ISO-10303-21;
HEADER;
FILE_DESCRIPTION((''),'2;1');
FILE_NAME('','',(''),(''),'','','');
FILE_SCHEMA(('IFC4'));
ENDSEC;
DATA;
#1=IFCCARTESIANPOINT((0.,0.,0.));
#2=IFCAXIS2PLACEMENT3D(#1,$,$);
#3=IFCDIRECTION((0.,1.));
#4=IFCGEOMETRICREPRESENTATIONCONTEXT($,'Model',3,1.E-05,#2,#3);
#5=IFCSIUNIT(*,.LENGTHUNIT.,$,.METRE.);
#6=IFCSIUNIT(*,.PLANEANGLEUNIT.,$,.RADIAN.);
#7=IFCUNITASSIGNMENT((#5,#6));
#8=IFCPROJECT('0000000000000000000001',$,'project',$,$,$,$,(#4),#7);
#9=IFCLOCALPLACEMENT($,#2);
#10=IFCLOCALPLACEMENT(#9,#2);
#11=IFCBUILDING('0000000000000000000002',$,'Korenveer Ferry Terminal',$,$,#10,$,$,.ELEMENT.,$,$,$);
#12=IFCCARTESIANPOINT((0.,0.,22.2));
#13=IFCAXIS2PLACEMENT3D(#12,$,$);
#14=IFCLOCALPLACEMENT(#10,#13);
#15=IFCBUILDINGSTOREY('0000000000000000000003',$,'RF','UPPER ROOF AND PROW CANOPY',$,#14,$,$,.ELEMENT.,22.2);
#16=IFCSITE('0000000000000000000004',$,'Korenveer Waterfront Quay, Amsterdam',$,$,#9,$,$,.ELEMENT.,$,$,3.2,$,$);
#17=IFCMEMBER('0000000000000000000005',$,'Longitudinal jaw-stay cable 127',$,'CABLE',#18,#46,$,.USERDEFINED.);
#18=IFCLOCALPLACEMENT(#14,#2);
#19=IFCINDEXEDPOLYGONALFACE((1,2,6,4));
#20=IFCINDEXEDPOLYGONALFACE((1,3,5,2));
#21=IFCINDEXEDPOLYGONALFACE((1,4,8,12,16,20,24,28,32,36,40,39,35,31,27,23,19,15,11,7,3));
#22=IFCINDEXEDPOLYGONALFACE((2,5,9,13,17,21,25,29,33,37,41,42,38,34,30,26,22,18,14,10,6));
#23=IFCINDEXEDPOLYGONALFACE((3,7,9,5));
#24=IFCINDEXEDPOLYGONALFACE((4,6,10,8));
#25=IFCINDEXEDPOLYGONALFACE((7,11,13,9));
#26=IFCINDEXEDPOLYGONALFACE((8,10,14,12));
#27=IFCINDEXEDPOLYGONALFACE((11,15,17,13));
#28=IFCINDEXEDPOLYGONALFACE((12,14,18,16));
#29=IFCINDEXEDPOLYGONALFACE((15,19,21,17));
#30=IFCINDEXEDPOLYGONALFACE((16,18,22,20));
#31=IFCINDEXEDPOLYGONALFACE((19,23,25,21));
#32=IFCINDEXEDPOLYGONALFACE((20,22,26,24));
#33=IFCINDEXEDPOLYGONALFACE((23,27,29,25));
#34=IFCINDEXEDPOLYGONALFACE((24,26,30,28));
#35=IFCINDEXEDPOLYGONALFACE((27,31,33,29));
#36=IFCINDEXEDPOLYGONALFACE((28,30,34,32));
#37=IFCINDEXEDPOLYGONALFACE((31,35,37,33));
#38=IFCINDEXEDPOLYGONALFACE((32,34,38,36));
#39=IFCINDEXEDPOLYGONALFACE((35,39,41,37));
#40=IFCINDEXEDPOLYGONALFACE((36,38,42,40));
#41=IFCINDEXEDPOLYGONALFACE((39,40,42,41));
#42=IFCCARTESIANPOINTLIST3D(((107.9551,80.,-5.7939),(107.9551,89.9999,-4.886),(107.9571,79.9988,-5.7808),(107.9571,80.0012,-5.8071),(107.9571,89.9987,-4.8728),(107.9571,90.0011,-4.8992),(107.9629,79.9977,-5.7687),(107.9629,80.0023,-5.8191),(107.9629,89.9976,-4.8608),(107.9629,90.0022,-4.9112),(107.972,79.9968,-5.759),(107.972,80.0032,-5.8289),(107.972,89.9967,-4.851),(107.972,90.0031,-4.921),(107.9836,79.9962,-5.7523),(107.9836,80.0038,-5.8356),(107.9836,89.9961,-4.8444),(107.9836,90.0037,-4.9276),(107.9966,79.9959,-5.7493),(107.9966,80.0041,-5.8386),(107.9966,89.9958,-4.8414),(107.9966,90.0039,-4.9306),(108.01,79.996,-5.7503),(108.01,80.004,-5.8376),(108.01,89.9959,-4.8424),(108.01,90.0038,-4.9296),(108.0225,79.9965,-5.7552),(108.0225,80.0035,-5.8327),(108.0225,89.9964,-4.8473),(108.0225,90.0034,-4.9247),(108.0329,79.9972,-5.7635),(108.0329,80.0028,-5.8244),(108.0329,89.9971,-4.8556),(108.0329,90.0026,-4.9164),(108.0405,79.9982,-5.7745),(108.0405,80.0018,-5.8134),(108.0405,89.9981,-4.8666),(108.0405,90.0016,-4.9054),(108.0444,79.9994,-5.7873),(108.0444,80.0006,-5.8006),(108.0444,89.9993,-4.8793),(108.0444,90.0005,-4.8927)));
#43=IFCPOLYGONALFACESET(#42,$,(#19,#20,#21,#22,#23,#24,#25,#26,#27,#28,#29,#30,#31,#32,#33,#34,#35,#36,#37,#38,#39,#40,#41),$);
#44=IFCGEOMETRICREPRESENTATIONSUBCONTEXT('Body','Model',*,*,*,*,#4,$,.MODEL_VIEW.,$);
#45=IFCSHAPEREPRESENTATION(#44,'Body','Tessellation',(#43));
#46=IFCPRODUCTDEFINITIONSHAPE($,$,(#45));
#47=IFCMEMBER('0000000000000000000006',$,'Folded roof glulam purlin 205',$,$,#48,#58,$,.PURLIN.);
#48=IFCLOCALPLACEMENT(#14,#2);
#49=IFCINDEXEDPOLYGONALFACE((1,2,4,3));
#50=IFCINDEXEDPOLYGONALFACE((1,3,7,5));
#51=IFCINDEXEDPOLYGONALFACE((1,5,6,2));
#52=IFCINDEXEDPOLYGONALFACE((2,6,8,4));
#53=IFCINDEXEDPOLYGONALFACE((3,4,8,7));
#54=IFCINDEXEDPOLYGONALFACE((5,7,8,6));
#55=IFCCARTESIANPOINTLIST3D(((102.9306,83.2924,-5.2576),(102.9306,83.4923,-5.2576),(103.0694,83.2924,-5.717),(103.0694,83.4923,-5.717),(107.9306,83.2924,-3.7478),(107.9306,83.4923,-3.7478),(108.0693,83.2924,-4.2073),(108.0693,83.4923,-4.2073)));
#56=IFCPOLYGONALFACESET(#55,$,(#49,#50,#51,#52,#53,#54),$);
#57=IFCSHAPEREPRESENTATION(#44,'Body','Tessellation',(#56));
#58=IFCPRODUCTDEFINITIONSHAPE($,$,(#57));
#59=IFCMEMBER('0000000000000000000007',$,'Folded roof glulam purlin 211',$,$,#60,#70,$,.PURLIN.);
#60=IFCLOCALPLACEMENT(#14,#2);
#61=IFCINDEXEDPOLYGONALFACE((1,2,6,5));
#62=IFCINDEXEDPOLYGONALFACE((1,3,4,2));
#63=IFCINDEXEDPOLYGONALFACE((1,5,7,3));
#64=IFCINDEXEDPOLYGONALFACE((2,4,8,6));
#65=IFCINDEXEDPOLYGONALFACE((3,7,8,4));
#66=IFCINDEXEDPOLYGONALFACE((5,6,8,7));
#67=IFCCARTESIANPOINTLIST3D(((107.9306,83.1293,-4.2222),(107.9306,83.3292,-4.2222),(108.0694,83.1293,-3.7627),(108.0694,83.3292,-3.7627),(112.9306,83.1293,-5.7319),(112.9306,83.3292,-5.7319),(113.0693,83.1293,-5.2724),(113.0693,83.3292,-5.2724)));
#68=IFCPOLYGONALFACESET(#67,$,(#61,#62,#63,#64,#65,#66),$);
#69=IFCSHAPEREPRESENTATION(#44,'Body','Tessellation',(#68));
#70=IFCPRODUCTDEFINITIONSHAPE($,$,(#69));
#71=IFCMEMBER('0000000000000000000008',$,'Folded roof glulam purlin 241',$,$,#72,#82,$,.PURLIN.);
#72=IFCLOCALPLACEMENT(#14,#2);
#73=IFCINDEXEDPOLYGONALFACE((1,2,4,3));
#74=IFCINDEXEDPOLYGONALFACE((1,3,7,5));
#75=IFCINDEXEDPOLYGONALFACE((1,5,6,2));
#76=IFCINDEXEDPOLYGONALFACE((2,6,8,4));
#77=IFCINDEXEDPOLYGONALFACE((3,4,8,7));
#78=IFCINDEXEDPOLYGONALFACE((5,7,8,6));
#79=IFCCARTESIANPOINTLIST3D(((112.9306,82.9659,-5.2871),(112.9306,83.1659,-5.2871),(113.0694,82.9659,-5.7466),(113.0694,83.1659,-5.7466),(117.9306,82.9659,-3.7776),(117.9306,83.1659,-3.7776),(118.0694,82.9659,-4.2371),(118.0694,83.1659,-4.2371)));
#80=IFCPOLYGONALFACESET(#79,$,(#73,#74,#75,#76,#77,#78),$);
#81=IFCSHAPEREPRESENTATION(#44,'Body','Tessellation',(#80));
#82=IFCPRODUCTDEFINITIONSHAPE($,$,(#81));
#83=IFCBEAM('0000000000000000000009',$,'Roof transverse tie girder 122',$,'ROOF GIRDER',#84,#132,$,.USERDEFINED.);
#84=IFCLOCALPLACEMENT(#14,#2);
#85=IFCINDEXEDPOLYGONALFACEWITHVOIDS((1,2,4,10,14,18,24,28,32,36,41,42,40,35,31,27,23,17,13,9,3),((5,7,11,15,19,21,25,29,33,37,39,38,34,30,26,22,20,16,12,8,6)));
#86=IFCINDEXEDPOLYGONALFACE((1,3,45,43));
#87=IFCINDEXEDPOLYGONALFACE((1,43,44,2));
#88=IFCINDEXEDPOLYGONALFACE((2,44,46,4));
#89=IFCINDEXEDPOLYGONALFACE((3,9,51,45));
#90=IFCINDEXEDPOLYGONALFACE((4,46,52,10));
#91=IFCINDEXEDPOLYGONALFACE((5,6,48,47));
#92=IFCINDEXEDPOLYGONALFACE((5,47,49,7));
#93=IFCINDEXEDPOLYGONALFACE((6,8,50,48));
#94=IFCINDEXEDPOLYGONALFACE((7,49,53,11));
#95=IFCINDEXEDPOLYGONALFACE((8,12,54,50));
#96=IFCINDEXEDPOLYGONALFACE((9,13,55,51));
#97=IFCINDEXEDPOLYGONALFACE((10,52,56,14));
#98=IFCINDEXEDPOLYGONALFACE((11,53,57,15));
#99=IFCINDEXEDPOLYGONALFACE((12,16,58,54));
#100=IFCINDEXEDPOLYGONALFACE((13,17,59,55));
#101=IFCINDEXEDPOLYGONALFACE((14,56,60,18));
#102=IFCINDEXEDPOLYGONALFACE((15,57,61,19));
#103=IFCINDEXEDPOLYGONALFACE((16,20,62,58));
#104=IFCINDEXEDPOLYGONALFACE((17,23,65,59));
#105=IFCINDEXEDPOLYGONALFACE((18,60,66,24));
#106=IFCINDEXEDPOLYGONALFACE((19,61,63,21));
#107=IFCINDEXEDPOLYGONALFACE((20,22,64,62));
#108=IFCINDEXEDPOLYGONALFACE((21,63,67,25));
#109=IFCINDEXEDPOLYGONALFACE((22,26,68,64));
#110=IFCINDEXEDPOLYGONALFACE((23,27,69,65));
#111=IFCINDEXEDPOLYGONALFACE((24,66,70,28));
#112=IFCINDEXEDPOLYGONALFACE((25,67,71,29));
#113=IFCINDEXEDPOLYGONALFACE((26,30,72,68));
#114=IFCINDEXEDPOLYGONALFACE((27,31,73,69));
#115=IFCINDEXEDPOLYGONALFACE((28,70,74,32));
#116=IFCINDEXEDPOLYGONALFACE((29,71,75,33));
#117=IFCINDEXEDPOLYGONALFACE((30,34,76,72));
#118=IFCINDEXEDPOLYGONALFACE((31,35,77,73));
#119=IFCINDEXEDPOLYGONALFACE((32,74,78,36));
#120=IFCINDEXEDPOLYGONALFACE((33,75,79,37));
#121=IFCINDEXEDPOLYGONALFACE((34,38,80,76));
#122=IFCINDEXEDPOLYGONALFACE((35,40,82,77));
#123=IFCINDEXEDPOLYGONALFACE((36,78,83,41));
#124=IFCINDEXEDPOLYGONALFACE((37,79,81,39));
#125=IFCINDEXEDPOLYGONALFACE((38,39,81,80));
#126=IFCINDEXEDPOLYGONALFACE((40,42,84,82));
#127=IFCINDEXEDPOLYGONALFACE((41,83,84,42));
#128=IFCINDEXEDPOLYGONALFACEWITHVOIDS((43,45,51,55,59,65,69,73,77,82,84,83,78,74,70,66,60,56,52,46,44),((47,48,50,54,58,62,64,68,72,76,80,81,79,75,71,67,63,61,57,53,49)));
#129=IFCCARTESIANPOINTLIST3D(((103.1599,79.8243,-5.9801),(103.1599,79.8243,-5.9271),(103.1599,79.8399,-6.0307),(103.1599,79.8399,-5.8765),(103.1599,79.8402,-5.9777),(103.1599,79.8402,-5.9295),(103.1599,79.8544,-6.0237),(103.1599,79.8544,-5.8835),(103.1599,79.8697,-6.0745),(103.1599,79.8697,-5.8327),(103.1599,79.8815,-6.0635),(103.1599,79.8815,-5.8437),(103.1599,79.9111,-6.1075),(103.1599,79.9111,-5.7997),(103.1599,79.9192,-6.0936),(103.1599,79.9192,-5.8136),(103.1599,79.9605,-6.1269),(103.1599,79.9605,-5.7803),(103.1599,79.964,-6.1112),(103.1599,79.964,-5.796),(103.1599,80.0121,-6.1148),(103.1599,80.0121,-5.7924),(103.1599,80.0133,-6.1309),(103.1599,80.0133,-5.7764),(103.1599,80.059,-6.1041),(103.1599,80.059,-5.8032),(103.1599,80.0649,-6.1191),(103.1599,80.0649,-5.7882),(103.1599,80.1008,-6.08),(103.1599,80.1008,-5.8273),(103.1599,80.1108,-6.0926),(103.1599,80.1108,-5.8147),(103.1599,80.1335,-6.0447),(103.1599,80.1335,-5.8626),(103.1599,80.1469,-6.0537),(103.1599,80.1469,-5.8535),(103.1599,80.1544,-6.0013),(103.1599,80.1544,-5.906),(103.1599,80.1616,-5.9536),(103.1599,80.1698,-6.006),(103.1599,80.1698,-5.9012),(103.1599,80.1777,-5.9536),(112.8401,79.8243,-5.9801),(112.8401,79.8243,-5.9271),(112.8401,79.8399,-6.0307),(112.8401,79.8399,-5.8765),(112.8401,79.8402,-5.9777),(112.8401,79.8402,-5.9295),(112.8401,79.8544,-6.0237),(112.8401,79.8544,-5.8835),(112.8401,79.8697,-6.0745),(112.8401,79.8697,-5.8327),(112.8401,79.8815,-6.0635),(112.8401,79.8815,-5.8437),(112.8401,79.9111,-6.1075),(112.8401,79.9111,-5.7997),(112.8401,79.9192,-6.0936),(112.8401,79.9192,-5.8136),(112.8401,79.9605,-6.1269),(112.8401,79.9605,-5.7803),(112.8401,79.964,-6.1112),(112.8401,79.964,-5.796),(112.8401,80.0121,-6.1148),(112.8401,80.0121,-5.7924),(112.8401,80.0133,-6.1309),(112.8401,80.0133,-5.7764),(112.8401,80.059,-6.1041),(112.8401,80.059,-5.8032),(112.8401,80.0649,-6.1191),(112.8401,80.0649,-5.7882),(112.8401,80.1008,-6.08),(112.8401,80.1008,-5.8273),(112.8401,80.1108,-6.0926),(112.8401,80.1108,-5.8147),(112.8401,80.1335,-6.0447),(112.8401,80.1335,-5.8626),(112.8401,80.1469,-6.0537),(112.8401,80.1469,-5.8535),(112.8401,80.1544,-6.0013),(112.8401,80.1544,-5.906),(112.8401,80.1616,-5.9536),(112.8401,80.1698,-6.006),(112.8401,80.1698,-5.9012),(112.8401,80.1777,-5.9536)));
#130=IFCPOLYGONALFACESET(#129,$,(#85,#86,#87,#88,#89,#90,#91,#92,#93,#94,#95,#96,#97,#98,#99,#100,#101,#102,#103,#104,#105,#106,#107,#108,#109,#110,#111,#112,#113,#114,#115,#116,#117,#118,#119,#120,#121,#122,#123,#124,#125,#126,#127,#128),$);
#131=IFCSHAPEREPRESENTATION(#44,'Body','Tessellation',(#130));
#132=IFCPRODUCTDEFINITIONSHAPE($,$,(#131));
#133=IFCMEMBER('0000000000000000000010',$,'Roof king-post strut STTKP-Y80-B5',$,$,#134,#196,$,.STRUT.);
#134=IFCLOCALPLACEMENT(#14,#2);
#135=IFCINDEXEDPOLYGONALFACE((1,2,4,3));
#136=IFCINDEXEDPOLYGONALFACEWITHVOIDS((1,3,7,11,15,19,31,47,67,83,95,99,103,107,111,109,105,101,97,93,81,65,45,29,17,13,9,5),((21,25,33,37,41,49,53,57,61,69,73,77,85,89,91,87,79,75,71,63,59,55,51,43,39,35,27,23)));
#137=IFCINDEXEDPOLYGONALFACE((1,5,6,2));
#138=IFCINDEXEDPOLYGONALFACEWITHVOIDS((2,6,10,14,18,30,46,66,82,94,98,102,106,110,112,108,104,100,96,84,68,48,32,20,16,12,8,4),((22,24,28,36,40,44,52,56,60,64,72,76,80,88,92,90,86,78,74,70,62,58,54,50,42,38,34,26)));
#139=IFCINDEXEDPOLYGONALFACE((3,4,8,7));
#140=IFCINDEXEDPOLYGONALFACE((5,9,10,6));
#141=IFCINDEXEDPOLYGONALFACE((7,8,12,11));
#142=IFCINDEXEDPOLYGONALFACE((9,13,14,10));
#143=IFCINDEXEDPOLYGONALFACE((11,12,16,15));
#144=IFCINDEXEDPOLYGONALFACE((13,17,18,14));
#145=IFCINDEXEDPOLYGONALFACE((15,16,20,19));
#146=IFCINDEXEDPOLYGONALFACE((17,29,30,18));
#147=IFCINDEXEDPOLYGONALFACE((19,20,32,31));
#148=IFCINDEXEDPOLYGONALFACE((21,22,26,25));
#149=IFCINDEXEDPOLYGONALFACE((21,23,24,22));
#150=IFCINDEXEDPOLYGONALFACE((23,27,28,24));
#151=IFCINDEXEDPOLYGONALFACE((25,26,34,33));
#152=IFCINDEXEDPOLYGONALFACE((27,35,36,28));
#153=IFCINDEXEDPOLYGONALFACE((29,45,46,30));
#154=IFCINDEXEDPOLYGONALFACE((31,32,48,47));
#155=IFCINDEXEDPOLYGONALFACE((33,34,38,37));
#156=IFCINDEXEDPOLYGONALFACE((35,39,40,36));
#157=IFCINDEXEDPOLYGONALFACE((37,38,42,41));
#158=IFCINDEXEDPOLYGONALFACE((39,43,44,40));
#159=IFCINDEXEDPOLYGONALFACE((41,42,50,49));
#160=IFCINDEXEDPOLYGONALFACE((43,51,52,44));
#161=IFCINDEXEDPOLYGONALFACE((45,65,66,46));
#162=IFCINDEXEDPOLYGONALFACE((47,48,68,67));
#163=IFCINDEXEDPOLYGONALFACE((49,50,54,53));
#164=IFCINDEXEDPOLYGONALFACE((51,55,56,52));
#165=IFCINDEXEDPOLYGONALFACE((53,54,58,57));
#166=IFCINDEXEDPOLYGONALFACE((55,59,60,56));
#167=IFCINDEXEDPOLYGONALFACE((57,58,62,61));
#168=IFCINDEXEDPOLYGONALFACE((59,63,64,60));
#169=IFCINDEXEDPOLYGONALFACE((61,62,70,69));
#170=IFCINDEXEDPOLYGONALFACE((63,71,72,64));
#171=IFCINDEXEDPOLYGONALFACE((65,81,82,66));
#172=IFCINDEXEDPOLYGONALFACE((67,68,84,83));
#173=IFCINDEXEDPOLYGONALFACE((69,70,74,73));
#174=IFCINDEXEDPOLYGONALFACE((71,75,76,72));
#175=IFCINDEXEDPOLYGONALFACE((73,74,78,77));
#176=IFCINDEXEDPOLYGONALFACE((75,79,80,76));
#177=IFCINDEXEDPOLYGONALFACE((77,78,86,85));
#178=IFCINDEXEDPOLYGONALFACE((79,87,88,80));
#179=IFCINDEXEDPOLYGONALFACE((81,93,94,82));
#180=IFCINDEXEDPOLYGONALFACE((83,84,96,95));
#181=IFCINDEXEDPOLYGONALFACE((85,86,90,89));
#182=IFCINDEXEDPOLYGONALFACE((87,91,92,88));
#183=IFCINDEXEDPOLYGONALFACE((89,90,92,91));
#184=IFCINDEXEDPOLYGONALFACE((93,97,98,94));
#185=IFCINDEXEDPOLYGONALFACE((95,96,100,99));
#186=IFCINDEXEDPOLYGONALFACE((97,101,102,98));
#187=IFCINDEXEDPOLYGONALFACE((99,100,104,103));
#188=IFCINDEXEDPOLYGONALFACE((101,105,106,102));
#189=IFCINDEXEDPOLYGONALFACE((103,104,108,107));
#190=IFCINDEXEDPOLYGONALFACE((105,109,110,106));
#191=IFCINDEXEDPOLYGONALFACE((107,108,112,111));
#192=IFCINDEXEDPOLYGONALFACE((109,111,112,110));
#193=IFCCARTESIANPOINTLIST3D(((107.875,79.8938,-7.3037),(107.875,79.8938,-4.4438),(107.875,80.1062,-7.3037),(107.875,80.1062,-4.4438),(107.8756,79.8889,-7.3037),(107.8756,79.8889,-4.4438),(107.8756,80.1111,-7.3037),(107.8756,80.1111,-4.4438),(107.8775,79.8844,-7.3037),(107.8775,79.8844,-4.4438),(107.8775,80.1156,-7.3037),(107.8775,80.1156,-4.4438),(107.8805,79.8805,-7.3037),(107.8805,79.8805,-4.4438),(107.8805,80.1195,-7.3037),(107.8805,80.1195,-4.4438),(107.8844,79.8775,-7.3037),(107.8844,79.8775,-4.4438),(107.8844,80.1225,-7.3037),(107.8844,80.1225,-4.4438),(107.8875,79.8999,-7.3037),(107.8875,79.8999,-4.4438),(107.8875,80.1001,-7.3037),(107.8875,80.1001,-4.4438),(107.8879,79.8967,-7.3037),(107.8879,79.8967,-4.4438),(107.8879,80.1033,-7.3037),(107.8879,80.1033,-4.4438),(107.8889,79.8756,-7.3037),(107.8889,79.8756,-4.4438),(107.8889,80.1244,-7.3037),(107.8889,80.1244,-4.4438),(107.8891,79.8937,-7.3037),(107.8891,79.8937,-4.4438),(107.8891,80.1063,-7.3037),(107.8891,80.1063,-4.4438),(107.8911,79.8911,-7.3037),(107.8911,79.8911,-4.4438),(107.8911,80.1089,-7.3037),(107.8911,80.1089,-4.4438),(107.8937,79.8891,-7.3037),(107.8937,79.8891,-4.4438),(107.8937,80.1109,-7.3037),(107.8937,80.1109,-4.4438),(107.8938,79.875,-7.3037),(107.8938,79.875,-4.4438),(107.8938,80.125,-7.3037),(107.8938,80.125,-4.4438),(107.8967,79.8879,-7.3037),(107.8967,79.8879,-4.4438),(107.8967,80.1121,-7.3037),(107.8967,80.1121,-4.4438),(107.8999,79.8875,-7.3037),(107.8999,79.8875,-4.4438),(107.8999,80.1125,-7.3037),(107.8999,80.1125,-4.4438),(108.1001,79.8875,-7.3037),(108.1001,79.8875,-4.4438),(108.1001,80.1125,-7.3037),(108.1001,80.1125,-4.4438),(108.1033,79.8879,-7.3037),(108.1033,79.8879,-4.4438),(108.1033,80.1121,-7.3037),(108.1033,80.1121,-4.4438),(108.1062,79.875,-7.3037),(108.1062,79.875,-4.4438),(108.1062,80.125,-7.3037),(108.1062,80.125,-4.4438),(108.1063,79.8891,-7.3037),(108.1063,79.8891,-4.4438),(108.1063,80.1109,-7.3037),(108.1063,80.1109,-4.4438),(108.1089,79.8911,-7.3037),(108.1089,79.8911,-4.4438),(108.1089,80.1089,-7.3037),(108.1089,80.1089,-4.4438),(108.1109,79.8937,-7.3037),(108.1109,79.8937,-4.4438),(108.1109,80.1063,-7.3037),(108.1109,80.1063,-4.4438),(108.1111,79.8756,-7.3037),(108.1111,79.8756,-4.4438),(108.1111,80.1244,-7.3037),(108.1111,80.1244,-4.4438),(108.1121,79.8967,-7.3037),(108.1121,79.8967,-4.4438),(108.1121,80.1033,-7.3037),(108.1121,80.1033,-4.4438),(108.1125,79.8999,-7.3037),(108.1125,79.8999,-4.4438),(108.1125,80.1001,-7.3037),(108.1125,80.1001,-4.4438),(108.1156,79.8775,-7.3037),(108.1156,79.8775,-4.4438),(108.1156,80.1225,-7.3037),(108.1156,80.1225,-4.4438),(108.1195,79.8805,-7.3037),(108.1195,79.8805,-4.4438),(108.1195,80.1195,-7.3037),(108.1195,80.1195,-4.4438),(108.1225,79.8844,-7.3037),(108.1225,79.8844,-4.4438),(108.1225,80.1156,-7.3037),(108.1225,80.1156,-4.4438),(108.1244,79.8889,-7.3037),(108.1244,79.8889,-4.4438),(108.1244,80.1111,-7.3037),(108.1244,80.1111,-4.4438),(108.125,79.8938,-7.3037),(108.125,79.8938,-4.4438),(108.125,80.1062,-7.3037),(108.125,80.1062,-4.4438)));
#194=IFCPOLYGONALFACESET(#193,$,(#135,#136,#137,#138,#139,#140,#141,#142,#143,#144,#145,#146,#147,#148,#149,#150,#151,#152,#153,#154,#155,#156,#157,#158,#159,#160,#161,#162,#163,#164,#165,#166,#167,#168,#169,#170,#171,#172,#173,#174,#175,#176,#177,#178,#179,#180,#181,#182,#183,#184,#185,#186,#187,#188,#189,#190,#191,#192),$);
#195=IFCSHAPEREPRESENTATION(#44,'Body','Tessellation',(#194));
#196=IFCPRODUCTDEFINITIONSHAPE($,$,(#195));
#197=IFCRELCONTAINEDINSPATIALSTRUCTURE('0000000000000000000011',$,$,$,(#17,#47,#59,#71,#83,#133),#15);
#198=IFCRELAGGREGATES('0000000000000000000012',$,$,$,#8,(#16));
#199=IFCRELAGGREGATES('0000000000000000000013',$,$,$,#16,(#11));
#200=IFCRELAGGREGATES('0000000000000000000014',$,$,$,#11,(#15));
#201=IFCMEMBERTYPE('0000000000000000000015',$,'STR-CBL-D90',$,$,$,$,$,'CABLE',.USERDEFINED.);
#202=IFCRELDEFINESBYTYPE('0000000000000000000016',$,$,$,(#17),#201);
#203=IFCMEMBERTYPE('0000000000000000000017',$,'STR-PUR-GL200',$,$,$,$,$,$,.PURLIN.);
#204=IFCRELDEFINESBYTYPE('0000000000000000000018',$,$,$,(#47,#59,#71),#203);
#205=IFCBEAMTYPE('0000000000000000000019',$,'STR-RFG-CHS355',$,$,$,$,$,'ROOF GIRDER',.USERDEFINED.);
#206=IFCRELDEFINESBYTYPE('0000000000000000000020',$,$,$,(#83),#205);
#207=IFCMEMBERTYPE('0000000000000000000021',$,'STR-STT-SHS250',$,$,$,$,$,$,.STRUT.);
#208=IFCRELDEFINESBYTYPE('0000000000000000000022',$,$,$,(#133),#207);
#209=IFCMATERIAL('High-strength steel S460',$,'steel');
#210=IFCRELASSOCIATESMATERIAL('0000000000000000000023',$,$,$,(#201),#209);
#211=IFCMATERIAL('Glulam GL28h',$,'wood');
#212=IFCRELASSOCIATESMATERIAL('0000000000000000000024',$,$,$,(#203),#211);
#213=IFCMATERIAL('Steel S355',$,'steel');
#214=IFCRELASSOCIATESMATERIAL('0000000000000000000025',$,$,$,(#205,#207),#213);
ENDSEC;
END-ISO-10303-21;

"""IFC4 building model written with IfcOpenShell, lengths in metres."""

from ifc_helpers import new_model, si_unit, direction, frame, origin, origin_2d, place, context, subcontext, project, spatial, rectangle, hollow_rectangle, circle, hollow_circle, extrude, material, material_profile, profile_set, type_object, element, save


model = new_model("IFC4")

# Units and contexts
model_context = context("Model", 3, precision=1e-05, world=origin(), true_north=direction((0.0, 1.0)))
body_context = subcontext(model_context, "Body", "Model", "MODEL_VIEW")
ifc_project = project(units=[si_unit("LENGTHUNIT", "METRE"), si_unit("PLANEANGLEUNIT", "RADIAN")], contexts=[model_context])

# Site, building, storey
site_placement = place(None, origin())
site = spatial("IfcSite", under=ifc_project, at=site_placement, Name="Korenveer Waterfront Quay, Amsterdam", CompositionType="ELEMENT", RefElevation=3.2)
building_placement = place(site_placement, origin())
building = spatial("IfcBuilding", under=site, at=building_placement, Name="Korenveer Ferry Terminal", CompositionType="ELEMENT")
storey_placement = place(building_placement, frame((0.0, 0.0, 22.2)))
storey = spatial("IfcBuildingStorey", under=building, at=storey_placement, Name="RF", Description="UPPER ROOF AND PROW CANOPY", CompositionType="ELEMENT", Elevation=22.2)

# Members
ifc_material_1 = material(Name="Steel S355", Category="steel")
ifc_material_2 = material(Name="High-strength steel S460", Category="steel")
ifc_material_profile_1 = material_profile(ifc_material_2, circle(Radius=0.0449, at=origin_2d()), Name="ROD D90")
ifc_profile_set_1 = profile_set([ifc_material_profile_1], Name="High-strength steel S460")
member_type_1 = type_object("IfcMemberType", Name="STR-CBL-D90", ElementType="CABLE", PredefinedType="USERDEFINED", material=ifc_profile_set_1)
member_1_placement = place(storey_placement, frame((108.0, 80.0, -5.7939), z_axis=(0.0, 0.995903, 0.090424), x_axis=(-1.0, 0.0, 0.0)))
element("IfcMember", 1, at=member_1_placement, inside=storey, type_object=member_type_1, Name="Longitudinal jaw-stay cable 127", ObjectType="CABLE", PredefinedType="USERDEFINED", context=body_context, shape_type="SweptSolid", body=[
    extrude(circle(Radius=0.0449, at=origin_2d()), origin(), (0.0, 0.0, 1.0), 10.041),
])
ifc_material_3 = material(Name="Glulam GL28h", Category="wood")
ifc_material_profile_2 = material_profile(ifc_material_3, rectangle(XDim=0.2, YDim=0.48, at=origin_2d()), Name="GL 200x480")
ifc_profile_set_2 = profile_set([ifc_material_profile_2], Name="Glulam GL28h")
member_type_2 = type_object("IfcMemberType", Name="STR-PUR-GL200", PredefinedType="PURLIN", material=ifc_profile_set_2)
for number, where, z_axis, x_axis, name in (
    (2, (103.0, 83.3923, -5.4873), (0.95731, 0.0, 0.289063), (0.0, 1.0, 0.0), "Folded roof glulam purlin 205"),
    (3, (108.0, 83.2292, -3.9924), (0.95731, 0.0, -0.289063), (0.0, 1.0, 0.0), "Folded roof glulam purlin 211"),
    (4, (113.0, 83.0659, -5.5168), (0.957323, 0.0, 0.28902), (0.0, 1.0, 0.0), "Folded roof glulam purlin 241"),
):
    element("IfcMember", number, at=place(storey_placement, frame(where, z_axis=z_axis, x_axis=x_axis)), inside=storey, type_object=member_type_2, Name=name, PredefinedType="PURLIN", context=body_context, shape_type="SweptSolid", body=[
        extrude(rectangle(XDim=0.2, YDim=0.48, at=origin_2d()), origin(), (0.0, 0.0, 1.0), 5.2229),
    ])

# Beam
ifc_material_profile_3 = material_profile(ifc_material_1, hollow_circle(Radius=0.1777, WallThickness=0.0161, at=origin_2d()), Name="CHS 355.6x16")
ifc_profile_set_3 = profile_set([ifc_material_profile_3], Name="Steel S355")
beam_type = type_object("IfcBeamType", Name="STR-RFG-CHS355", ElementType="ROOF GIRDER", PredefinedType="USERDEFINED", material=ifc_profile_set_3)
beam_placement = place(storey_placement, frame((103.1599, 80.0, -5.9536), z_axis=(1.0, 0.0, 0.0), x_axis=(0.0, 1.0, 0.0)))
element("IfcBeam", 5, at=beam_placement, inside=storey, type_object=beam_type, Name="Roof transverse tie girder 122", ObjectType="ROOF GIRDER", PredefinedType="USERDEFINED", context=body_context, shape_type="SweptSolid", body=[
    extrude(hollow_circle(Radius=0.1777, WallThickness=0.0161, at=origin_2d()), origin(), (0.0, 0.0, 1.0), 9.6802),
])

# Member
ifc_material_profile_4 = material_profile(ifc_material_1, hollow_rectangle(XDim=0.25, YDim=0.25, WallThickness=0.0125, InnerFilletRadius=0.0125, OuterFilletRadius=0.0188, at=origin_2d()), Name="SHS 250x250x12.5")
ifc_profile_set_4 = profile_set([ifc_material_profile_4], Name="Steel S355")
member_type_3 = type_object("IfcMemberType", Name="STR-STT-SHS250", PredefinedType="STRUT", material=ifc_profile_set_4)
member_2_placement = place(storey_placement, frame((108.0, 80.0, -7.3037), z_axis=(0.0, 0.0, 1.0), x_axis=(1.0, 0.0, 0.0)))
element("IfcMember", 6, at=member_2_placement, inside=storey, type_object=member_type_3, Name="Roof king-post strut STTKP-Y80-B5", PredefinedType="STRUT", context=body_context, shape_type="SweptSolid", body=[
    extrude(hollow_rectangle(XDim=0.25, YDim=0.25, WallThickness=0.0125, InnerFilletRadius=0.0125, OuterFilletRadius=0.0188, at=origin_2d()), origin(), (0.0, 0.0, 1.0), 2.8599),
])

save(model, "model.ifc")
